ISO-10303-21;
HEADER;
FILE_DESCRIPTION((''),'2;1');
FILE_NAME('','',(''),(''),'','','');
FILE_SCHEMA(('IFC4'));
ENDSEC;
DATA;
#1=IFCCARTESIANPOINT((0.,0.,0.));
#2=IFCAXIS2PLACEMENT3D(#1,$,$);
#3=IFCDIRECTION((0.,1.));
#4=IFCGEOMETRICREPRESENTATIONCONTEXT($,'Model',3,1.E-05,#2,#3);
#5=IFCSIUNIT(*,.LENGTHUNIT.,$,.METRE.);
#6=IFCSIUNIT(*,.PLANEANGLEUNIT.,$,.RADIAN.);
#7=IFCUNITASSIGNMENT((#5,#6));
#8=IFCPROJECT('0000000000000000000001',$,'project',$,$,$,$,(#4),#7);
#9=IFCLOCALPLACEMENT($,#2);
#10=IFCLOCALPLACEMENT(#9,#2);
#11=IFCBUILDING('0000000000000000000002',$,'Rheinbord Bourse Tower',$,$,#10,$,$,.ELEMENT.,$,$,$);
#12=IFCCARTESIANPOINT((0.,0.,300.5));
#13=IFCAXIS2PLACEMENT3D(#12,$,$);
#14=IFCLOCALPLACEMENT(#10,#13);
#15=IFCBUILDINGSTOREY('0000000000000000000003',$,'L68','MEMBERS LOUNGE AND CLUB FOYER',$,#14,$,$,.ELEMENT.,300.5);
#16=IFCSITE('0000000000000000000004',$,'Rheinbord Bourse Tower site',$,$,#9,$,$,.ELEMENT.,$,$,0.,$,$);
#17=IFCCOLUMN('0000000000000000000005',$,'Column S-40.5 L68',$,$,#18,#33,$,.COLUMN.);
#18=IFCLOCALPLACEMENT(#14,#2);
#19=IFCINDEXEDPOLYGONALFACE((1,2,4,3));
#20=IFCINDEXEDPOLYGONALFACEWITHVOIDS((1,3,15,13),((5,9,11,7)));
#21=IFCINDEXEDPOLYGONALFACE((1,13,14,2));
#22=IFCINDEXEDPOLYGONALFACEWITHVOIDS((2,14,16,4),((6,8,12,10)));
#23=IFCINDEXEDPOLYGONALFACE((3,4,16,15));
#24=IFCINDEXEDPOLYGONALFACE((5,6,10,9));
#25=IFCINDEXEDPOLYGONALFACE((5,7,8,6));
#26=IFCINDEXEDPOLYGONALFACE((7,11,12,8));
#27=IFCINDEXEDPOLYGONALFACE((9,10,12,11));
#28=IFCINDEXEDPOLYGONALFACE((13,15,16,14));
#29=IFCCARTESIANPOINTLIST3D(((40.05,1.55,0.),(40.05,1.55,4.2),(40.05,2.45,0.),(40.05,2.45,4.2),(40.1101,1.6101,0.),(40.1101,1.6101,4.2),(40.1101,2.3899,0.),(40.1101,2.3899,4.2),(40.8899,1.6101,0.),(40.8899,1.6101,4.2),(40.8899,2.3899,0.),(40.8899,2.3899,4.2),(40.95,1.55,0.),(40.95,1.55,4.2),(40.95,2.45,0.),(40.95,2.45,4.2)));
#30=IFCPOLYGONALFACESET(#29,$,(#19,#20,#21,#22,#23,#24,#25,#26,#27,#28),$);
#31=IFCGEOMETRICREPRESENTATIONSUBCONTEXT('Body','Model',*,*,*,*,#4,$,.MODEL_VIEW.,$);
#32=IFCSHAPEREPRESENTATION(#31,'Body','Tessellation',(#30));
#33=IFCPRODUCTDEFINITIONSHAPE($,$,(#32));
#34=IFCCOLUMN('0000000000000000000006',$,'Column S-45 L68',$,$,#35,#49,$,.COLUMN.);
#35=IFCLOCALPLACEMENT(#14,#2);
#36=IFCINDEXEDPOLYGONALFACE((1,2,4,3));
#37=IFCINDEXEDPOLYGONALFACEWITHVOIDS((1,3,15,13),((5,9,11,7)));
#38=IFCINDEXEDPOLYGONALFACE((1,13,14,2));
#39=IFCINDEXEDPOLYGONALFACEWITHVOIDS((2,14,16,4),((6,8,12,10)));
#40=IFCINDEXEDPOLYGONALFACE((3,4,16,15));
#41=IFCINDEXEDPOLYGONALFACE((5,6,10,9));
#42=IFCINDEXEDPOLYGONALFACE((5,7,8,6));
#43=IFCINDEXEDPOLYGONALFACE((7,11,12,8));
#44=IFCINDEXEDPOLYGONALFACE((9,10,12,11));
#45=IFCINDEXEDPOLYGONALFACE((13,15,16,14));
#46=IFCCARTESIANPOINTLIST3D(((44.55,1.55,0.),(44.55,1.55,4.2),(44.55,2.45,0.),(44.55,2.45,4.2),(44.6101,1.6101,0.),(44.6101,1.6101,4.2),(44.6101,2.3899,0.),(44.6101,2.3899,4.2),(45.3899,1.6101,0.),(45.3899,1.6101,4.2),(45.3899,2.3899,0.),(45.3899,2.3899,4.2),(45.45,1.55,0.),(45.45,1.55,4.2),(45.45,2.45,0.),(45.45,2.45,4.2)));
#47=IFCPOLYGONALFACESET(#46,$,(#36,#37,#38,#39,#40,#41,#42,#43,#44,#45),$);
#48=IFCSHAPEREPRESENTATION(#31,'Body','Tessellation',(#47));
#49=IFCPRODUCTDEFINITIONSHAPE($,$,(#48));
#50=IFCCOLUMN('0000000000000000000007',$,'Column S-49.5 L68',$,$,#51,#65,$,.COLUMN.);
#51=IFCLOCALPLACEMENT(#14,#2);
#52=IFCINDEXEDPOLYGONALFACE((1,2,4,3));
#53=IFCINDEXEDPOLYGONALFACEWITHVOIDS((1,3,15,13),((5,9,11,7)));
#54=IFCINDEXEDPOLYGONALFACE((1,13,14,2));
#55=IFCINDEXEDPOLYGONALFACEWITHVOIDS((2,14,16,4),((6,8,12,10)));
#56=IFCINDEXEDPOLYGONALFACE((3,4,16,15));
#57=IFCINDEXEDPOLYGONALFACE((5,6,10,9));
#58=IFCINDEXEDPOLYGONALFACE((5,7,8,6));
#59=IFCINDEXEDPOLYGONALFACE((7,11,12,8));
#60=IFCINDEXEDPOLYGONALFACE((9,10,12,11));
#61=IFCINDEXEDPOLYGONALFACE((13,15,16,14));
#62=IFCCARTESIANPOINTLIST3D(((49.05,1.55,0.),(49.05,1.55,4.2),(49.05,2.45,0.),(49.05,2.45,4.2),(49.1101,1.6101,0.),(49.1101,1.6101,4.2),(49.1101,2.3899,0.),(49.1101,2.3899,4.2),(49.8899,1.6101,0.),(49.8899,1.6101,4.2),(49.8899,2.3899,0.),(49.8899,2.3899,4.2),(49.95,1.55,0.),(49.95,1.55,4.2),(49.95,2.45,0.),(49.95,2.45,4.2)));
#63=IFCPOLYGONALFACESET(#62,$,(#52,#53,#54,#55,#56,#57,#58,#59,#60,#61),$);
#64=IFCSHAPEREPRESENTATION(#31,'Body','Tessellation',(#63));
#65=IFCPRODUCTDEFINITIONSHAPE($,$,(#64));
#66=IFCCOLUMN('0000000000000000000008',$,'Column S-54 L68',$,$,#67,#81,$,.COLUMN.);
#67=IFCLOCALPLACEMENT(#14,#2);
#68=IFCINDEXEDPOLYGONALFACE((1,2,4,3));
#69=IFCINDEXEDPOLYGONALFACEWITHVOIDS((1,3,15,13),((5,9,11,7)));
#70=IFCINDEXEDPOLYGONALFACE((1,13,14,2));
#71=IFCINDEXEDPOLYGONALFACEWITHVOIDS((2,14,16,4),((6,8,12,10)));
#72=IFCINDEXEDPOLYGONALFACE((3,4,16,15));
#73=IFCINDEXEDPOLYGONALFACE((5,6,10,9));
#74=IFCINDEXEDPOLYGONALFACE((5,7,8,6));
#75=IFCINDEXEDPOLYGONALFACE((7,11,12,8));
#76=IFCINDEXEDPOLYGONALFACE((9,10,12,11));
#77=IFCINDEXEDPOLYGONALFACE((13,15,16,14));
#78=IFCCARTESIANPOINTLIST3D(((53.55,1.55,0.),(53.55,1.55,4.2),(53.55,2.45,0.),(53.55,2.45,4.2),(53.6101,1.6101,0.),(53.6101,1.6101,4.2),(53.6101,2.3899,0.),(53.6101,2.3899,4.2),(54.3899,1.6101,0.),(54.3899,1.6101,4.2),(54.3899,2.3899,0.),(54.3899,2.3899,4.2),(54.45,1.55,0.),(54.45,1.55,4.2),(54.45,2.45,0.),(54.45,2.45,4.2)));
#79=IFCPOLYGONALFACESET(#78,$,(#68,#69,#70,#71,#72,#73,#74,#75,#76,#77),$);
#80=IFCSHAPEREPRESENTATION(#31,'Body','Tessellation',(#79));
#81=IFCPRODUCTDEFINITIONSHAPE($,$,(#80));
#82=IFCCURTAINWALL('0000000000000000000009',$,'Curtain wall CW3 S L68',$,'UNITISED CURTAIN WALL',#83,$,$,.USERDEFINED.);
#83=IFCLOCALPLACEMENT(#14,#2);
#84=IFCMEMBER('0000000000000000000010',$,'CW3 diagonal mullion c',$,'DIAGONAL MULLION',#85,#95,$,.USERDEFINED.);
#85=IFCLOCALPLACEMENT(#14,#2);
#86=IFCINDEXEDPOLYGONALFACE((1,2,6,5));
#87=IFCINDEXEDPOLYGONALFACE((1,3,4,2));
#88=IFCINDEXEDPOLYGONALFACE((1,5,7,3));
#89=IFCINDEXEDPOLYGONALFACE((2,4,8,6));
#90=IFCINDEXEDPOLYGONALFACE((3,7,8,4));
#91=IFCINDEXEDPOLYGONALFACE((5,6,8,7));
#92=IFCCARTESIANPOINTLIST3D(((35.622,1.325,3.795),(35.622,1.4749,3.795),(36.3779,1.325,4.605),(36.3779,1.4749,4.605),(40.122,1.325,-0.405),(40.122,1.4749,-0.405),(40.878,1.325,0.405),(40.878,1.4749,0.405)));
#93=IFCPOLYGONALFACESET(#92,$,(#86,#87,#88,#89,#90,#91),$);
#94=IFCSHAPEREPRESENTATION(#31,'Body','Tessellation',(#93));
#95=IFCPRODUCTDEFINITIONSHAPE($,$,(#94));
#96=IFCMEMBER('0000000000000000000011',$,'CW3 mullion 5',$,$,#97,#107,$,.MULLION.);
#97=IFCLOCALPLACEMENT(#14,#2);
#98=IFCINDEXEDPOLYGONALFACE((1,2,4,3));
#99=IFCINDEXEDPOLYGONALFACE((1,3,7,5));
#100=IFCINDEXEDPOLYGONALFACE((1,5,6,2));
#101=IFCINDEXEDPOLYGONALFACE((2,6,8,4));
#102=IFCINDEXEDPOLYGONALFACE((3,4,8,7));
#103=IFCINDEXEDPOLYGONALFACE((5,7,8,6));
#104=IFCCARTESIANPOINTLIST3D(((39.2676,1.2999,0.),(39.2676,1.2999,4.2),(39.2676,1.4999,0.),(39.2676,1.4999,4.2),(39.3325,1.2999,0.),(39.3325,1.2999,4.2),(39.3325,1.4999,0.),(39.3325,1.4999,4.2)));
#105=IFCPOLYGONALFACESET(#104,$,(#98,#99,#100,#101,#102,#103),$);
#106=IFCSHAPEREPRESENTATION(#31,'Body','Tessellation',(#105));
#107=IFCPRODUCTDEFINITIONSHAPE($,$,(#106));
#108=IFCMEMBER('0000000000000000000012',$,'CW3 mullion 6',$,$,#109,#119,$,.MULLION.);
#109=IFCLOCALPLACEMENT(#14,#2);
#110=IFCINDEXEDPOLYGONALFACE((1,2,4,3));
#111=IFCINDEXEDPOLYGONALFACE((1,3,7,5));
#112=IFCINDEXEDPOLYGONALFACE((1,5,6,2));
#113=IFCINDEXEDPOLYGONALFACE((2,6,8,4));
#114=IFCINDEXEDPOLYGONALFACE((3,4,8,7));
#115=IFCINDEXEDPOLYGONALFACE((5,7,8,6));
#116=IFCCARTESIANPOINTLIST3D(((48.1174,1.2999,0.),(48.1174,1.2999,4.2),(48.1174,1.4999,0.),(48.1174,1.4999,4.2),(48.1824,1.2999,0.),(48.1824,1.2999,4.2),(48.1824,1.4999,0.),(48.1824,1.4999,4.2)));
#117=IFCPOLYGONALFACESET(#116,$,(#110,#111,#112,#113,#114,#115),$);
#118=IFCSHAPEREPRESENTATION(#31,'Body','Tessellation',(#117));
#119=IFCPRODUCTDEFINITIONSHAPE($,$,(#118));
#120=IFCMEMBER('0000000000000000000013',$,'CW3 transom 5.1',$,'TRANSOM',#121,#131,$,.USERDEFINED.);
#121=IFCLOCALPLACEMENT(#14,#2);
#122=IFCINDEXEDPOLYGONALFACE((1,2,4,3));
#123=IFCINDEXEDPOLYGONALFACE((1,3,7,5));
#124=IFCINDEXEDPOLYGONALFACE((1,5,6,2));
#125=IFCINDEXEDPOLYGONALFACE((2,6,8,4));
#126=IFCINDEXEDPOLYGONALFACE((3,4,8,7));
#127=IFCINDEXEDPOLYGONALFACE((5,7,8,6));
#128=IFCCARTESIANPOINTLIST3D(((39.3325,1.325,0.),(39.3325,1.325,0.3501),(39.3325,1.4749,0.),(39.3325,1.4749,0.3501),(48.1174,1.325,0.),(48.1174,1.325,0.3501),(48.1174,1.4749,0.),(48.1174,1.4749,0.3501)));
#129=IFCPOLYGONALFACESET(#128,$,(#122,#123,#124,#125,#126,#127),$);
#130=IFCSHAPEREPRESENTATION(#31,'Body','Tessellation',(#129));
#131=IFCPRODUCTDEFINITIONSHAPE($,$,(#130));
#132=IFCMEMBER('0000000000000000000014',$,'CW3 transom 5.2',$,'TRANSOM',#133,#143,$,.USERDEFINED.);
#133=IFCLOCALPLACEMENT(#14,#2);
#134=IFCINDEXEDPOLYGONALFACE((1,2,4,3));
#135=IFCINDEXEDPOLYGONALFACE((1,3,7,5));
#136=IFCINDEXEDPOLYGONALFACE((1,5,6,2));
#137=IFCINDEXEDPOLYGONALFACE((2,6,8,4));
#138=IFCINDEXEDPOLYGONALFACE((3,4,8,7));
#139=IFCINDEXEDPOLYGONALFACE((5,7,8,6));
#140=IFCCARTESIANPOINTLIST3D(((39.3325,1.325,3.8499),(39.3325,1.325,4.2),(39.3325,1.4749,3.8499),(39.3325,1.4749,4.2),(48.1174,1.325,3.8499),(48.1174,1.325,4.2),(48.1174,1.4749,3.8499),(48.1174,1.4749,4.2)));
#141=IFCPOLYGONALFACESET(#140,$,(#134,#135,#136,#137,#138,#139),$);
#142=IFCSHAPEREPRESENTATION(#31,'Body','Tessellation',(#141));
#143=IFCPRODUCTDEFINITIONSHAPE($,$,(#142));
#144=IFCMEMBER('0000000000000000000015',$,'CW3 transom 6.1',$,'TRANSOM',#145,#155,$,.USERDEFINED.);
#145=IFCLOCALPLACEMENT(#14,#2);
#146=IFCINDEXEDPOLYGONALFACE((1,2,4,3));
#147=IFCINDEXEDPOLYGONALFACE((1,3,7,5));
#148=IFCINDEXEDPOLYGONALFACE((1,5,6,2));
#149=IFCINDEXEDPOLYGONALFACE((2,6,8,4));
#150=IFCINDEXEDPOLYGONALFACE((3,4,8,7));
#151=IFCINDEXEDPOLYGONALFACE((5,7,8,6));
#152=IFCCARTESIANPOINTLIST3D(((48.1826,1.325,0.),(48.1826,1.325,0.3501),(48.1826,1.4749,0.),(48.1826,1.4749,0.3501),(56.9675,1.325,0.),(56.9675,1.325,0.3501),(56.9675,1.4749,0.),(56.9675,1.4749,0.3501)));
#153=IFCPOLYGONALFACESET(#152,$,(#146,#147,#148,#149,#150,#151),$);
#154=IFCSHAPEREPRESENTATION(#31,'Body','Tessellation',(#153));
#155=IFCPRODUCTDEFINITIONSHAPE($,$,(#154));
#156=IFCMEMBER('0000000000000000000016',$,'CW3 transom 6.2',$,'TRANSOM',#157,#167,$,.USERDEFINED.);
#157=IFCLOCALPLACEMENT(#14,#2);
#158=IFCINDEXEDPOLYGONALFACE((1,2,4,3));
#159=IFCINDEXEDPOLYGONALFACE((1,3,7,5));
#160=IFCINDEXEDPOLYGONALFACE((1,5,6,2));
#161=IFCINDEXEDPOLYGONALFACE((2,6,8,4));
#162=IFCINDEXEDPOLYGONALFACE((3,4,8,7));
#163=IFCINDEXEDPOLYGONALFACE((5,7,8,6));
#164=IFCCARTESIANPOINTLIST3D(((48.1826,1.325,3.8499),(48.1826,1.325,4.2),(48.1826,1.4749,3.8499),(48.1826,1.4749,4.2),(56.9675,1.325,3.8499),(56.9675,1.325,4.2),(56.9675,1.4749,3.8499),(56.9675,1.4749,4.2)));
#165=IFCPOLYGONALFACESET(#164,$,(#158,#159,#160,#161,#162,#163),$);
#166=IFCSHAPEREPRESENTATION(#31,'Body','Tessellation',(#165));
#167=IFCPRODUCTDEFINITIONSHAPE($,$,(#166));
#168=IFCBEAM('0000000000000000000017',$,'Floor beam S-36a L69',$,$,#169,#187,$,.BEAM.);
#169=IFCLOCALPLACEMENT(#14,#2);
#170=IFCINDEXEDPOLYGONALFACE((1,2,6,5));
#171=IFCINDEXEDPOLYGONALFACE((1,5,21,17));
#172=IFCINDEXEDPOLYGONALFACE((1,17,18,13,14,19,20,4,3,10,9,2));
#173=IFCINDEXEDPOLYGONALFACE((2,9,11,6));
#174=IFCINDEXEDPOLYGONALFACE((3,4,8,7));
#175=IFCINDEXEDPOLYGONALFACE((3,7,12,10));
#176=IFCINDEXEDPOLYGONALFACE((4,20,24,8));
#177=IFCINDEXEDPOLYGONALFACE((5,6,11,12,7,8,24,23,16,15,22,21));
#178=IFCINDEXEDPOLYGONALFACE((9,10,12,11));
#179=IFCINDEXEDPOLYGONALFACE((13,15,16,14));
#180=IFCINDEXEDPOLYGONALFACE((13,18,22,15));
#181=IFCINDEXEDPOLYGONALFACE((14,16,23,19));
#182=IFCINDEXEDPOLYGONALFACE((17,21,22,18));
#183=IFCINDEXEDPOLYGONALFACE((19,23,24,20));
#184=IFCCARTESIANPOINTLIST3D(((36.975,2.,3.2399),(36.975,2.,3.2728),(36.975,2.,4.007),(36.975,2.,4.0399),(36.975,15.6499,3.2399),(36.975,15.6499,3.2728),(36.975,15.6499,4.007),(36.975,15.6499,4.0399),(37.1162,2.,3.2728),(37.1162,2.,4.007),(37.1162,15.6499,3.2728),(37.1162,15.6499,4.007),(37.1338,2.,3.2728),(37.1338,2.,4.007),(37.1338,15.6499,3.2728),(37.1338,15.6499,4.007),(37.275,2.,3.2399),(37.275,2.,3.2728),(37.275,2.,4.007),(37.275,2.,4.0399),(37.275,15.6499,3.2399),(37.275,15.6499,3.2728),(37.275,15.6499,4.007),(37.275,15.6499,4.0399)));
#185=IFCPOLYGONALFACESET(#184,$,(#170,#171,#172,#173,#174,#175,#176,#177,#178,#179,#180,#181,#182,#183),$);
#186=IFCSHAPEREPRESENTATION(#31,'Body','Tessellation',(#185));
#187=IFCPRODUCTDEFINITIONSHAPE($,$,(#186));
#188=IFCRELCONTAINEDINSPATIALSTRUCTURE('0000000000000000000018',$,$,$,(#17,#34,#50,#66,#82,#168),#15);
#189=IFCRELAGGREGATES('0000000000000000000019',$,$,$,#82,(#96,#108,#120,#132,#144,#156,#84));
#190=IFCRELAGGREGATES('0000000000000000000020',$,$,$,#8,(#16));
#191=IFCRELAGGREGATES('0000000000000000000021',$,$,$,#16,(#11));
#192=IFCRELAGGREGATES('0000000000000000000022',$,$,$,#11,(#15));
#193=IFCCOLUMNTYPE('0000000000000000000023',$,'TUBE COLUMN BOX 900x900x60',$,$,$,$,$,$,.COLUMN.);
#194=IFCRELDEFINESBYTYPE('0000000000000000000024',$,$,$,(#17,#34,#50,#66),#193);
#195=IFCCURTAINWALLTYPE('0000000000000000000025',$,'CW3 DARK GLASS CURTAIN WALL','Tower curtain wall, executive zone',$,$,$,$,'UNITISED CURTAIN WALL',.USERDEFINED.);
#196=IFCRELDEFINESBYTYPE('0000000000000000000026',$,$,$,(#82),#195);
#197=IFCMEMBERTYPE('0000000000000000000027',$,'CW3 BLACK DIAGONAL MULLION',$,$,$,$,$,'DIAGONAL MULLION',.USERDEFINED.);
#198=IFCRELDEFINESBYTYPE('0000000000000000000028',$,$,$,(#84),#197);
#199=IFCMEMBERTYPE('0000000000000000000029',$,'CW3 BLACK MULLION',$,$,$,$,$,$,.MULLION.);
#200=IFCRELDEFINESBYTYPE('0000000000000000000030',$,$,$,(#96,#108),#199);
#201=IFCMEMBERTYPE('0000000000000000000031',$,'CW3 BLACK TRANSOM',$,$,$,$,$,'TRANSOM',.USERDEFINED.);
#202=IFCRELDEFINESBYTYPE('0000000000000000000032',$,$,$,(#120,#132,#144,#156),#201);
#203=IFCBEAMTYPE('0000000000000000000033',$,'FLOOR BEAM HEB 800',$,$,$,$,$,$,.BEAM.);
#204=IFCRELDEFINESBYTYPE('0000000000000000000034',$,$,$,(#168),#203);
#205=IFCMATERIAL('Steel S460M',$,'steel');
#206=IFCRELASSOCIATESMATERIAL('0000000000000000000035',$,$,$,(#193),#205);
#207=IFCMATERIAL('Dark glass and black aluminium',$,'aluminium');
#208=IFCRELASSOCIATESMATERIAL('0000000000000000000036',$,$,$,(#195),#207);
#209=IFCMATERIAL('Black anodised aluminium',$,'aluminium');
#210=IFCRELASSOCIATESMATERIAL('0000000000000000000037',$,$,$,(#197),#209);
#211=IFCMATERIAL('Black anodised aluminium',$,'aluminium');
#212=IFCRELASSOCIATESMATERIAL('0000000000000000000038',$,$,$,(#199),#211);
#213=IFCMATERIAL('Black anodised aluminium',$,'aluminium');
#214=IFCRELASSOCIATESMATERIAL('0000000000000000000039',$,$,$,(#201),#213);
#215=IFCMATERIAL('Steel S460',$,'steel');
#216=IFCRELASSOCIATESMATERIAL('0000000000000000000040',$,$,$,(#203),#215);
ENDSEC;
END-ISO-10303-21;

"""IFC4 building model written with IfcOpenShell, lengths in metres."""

from ifc_helpers import new_model, si_unit, direction, frame, origin, origin_2d, place, context, subcontext, project, spatial, rectangle, hollow_rectangle, i_section, extrude, material, material_profile, profile_set, type_object, element, aggregate, save


model = new_model("IFC4")

# Units and contexts
model_context = context("Model", 3, precision=1e-05, world=origin(), true_north=direction((0.0, 1.0)))
body_context = subcontext(model_context, "Body", "Model", "MODEL_VIEW")
ifc_project = project(units=[si_unit("LENGTHUNIT", "METRE"), si_unit("PLANEANGLEUNIT", "RADIAN")], contexts=[model_context])

# Site, building, storey
site_placement = place(None, origin())
site = spatial("IfcSite", under=ifc_project, at=site_placement, Name="Rheinbord Bourse Tower site", CompositionType="ELEMENT", RefElevation=0.0)
building_placement = place(site_placement, origin())
building = spatial("IfcBuilding", under=site, at=building_placement, Name="Rheinbord Bourse Tower", CompositionType="ELEMENT")
storey_placement = place(building_placement, frame((0.0, 0.0, 300.5)))
storey = spatial("IfcBuildingStorey", under=building, at=storey_placement, Name="L68", Description="MEMBERS LOUNGE AND CLUB FOYER", CompositionType="ELEMENT", Elevation=300.5)

# Columns
ifc_material_1 = material(Name="Steel S460M", Category="steel")
ifc_material_profile_1 = material_profile(ifc_material_1, hollow_rectangle(XDim=0.8999, YDim=0.8999, WallThickness=0.0601, at=origin_2d()), Name="BOX 900x900x60")
ifc_profile_set_1 = profile_set([ifc_material_profile_1], Name="Steel S460M")
column_type = type_object("IfcColumnType", Name="TUBE COLUMN BOX 900x900x60", PredefinedType="COLUMN", material=ifc_profile_set_1)
for number, where, z_axis, x_axis, name in (
    (1, (40.5, 2.0, 0.0), (0.0, 0.0, 1.0), (0.0, 1.0, 0.0), "Column S-40.5 L68"),
    (2, (45.0, 2.0, 0.0), (0.0, 0.0, 1.0), (0.0, 1.0, 0.0), "Column S-45 L68"),
    (3, (49.5, 2.0, 0.0), (0.0, 0.0, 1.0), (0.0, 1.0, 0.0), "Column S-49.5 L68"),
    (4, (54.0, 2.0, 0.0), (0.0, 0.0, 1.0), (0.0, 1.0, 0.0), "Column S-54 L68"),
):
    element("IfcColumn", number, at=place(storey_placement, frame(where, z_axis=z_axis, x_axis=x_axis)), inside=storey, type_object=column_type, Name=name, PredefinedType="COLUMN", context=body_context, shape_type="SweptSolid", body=[
        extrude(hollow_rectangle(XDim=0.8999, YDim=0.8999, WallThickness=0.0601, at=origin_2d()), origin(), (0.0, 0.0, 1.0), 4.2),
    ])

# Curtain wall, members
ifc_material_2 = material(Name="Dark glass and black aluminium", Category="aluminium")
curtain_wall_type = type_object("IfcCurtainWallType", Name="CW3 DARK GLASS CURTAIN WALL", Description="Tower curtain wall, executive zone", ElementType="UNITISED CURTAIN WALL", PredefinedType="USERDEFINED", material=ifc_material_2)
curtain_wall_placement = place(storey_placement, origin())
curtain_wall = element("IfcCurtainWall", 5, at=curtain_wall_placement, inside=storey, type_object=curtain_wall_type, Name="Curtain wall CW3 S L68", ObjectType="UNITISED CURTAIN WALL", PredefinedType="USERDEFINED")
ifc_material_3 = material(Name="Black anodised aluminium", Category="aluminium")
ifc_material_profile_2 = material_profile(ifc_material_3, rectangle(XDim=0.1499, YDim=1.1079, at=origin_2d()), Name="CW3 DIAGONAL MULLION 1108x150")
ifc_profile_set_2 = profile_set([ifc_material_profile_2], Name="Black anodised aluminium")
member_type_1 = type_object("IfcMemberType", Name="CW3 BLACK DIAGONAL MULLION", ElementType="DIAGONAL MULLION", PredefinedType="USERDEFINED", material=ifc_profile_set_2)
member_1_placement = place(storey_placement, frame((40.5, 1.3999, 0.0), z_axis=(-0.731059, 0.0, 0.682314), x_axis=(0.0, -1.0, 0.0)))
member_1 = element("IfcMember", 6, at=member_1_placement, type_object=member_type_1, Name="CW3 diagonal mullion c", ObjectType="DIAGONAL MULLION", PredefinedType="USERDEFINED", context=body_context, shape_type="SweptSolid", body=[
    extrude(rectangle(XDim=0.1499, YDim=1.1079, at=origin_2d()), origin(), (0.0, 0.0, 1.0), 6.1555),
])
ifc_material_4 = material(Name="Black anodised aluminium", Category="aluminium")
ifc_material_profile_3 = material_profile(ifc_material_4, rectangle(XDim=0.2, YDim=0.0649, at=origin_2d()), Name="CW3 MULLION 65x200")
ifc_profile_set_3 = profile_set([ifc_material_profile_3], Name="Black anodised aluminium")
member_type_2 = type_object("IfcMemberType", Name="CW3 BLACK MULLION", PredefinedType="MULLION", material=ifc_profile_set_3)
member_2_placement = place(storey_placement, frame((39.3, 1.3999, 0.0), z_axis=(0.0, 0.0, 1.0), x_axis=(0.0, 1.0, 0.0)))
member_2 = element("IfcMember", 7, at=member_2_placement, type_object=member_type_2, Name="CW3 mullion 5", PredefinedType="MULLION", context=body_context, shape_type="SweptSolid", body=[
    extrude(rectangle(XDim=0.2, YDim=0.0649, at=origin_2d()), origin(), (0.0, 0.0, 1.0), 4.2),
])
member_3_placement = place(storey_placement, frame((48.1499, 1.3999, 0.0), z_axis=(0.0, 0.0, 1.0), x_axis=(0.0, 1.0, 0.0)))
member_3 = element("IfcMember", 8, at=member_3_placement, type_object=member_type_2, Name="CW3 mullion 6", PredefinedType="MULLION", context=body_context, shape_type="SweptSolid", body=[
    extrude(rectangle(XDim=0.2, YDim=0.0649, at=origin_2d()), origin(), (0.0, 0.0, 1.0), 4.2),
])
ifc_material_5 = material(Name="Black anodised aluminium", Category="aluminium")
ifc_material_profile_4 = material_profile(ifc_material_5, rectangle(XDim=0.1499, YDim=0.3501, at=origin_2d()), Name="CW3 TRANSOM 350x150")
ifc_profile_set_4 = profile_set([ifc_material_profile_4], Name="Black anodised aluminium")
member_type_3 = type_object("IfcMemberType", Name="CW3 BLACK TRANSOM", ElementType="TRANSOM", PredefinedType="USERDEFINED", material=ifc_profile_set_4)
member_4_placement = place(storey_placement, frame((39.3325, 1.3999, 0.175), z_axis=(1.0, 0.0, 0.0), x_axis=(0.0, 1.0, 0.0)))
member_4 = element("IfcMember", 9, at=member_4_placement, type_object=member_type_3, Name="CW3 transom 5.1", ObjectType="TRANSOM", PredefinedType="USERDEFINED", context=body_context, shape_type="SweptSolid", body=[
    extrude(rectangle(XDim=0.1499, YDim=0.3501, at=origin_2d()), origin(), (0.0, 0.0, 1.0), 8.7849),
])
member_5_placement = place(storey_placement, frame((39.3325, 1.3999, 4.0249), z_axis=(1.0, 0.0, 0.0), x_axis=(0.0, 1.0, 0.0)))
member_5 = element("IfcMember", 10, at=member_5_placement, type_object=member_type_3, Name="CW3 transom 5.2", ObjectType="TRANSOM", PredefinedType="USERDEFINED", context=body_context, shape_type="SweptSolid", body=[
    extrude(rectangle(XDim=0.1499, YDim=0.3501, at=origin_2d()), origin(), (0.0, 0.0, 1.0), 8.7849),
])
member_6_placement = place(storey_placement, frame((48.1826, 1.3999, 0.175), z_axis=(1.0, 0.0, 0.0), x_axis=(0.0, 1.0, 0.0)))
member_6 = element("IfcMember", 11, at=member_6_placement, type_object=member_type_3, Name="CW3 transom 6.1", ObjectType="TRANSOM", PredefinedType="USERDEFINED", context=body_context, shape_type="SweptSolid", body=[
    extrude(rectangle(XDim=0.1499, YDim=0.3501, at=origin_2d()), origin(), (0.0, 0.0, 1.0), 8.7849),
])
member_7_placement = place(storey_placement, frame((48.1826, 1.3999, 4.0249), z_axis=(1.0, 0.0, 0.0), x_axis=(0.0, 1.0, 0.0)))
member_7 = element("IfcMember", 12, at=member_7_placement, type_object=member_type_3, Name="CW3 transom 6.2", ObjectType="TRANSOM", PredefinedType="USERDEFINED", context=body_context, shape_type="SweptSolid", body=[
    extrude(rectangle(XDim=0.1499, YDim=0.3501, at=origin_2d()), origin(), (0.0, 0.0, 1.0), 8.7849),
])

# Beam
ifc_material_6 = material(Name="Steel S460", Category="steel")
ifc_material_profile_5 = material_profile(ifc_material_6, i_section(OverallWidth=0.3, OverallDepth=0.8, WebThickness=0.0176, FlangeThickness=0.033, at=origin_2d()), Name="HEB 800")
ifc_profile_set_5 = profile_set([ifc_material_profile_5], Name="Steel S460")
beam_type_1 = type_object("IfcBeamType", Name="FLOOR BEAM HEB 800", PredefinedType="BEAM", material=ifc_profile_set_5)
for number, where, z_axis, x_axis, name in (
    (13, (37.125, 2.0, 3.6399), (0.0, 1.0, 0.0), (-1.0, 0.0, 0.0), "Floor beam S-36a L69"),
):
    element("IfcBeam", number, at=place(storey_placement, frame(where, z_axis=z_axis, x_axis=x_axis)), inside=storey, type_object=beam_type_1, Name=name, PredefinedType="BEAM", context=body_context, shape_type="SweptSolid", body=[
        extrude(i_section(OverallWidth=0.3, OverallDepth=0.8, WebThickness=0.0176, FlangeThickness=0.033, at=origin_2d()), origin(), (0.0, 0.0, 1.0), 13.6499),
    ])

aggregate(curtain_wall, [member_2, member_3, member_4, member_5, member_6, member_7, member_1])

save(model, "model.ifc")
